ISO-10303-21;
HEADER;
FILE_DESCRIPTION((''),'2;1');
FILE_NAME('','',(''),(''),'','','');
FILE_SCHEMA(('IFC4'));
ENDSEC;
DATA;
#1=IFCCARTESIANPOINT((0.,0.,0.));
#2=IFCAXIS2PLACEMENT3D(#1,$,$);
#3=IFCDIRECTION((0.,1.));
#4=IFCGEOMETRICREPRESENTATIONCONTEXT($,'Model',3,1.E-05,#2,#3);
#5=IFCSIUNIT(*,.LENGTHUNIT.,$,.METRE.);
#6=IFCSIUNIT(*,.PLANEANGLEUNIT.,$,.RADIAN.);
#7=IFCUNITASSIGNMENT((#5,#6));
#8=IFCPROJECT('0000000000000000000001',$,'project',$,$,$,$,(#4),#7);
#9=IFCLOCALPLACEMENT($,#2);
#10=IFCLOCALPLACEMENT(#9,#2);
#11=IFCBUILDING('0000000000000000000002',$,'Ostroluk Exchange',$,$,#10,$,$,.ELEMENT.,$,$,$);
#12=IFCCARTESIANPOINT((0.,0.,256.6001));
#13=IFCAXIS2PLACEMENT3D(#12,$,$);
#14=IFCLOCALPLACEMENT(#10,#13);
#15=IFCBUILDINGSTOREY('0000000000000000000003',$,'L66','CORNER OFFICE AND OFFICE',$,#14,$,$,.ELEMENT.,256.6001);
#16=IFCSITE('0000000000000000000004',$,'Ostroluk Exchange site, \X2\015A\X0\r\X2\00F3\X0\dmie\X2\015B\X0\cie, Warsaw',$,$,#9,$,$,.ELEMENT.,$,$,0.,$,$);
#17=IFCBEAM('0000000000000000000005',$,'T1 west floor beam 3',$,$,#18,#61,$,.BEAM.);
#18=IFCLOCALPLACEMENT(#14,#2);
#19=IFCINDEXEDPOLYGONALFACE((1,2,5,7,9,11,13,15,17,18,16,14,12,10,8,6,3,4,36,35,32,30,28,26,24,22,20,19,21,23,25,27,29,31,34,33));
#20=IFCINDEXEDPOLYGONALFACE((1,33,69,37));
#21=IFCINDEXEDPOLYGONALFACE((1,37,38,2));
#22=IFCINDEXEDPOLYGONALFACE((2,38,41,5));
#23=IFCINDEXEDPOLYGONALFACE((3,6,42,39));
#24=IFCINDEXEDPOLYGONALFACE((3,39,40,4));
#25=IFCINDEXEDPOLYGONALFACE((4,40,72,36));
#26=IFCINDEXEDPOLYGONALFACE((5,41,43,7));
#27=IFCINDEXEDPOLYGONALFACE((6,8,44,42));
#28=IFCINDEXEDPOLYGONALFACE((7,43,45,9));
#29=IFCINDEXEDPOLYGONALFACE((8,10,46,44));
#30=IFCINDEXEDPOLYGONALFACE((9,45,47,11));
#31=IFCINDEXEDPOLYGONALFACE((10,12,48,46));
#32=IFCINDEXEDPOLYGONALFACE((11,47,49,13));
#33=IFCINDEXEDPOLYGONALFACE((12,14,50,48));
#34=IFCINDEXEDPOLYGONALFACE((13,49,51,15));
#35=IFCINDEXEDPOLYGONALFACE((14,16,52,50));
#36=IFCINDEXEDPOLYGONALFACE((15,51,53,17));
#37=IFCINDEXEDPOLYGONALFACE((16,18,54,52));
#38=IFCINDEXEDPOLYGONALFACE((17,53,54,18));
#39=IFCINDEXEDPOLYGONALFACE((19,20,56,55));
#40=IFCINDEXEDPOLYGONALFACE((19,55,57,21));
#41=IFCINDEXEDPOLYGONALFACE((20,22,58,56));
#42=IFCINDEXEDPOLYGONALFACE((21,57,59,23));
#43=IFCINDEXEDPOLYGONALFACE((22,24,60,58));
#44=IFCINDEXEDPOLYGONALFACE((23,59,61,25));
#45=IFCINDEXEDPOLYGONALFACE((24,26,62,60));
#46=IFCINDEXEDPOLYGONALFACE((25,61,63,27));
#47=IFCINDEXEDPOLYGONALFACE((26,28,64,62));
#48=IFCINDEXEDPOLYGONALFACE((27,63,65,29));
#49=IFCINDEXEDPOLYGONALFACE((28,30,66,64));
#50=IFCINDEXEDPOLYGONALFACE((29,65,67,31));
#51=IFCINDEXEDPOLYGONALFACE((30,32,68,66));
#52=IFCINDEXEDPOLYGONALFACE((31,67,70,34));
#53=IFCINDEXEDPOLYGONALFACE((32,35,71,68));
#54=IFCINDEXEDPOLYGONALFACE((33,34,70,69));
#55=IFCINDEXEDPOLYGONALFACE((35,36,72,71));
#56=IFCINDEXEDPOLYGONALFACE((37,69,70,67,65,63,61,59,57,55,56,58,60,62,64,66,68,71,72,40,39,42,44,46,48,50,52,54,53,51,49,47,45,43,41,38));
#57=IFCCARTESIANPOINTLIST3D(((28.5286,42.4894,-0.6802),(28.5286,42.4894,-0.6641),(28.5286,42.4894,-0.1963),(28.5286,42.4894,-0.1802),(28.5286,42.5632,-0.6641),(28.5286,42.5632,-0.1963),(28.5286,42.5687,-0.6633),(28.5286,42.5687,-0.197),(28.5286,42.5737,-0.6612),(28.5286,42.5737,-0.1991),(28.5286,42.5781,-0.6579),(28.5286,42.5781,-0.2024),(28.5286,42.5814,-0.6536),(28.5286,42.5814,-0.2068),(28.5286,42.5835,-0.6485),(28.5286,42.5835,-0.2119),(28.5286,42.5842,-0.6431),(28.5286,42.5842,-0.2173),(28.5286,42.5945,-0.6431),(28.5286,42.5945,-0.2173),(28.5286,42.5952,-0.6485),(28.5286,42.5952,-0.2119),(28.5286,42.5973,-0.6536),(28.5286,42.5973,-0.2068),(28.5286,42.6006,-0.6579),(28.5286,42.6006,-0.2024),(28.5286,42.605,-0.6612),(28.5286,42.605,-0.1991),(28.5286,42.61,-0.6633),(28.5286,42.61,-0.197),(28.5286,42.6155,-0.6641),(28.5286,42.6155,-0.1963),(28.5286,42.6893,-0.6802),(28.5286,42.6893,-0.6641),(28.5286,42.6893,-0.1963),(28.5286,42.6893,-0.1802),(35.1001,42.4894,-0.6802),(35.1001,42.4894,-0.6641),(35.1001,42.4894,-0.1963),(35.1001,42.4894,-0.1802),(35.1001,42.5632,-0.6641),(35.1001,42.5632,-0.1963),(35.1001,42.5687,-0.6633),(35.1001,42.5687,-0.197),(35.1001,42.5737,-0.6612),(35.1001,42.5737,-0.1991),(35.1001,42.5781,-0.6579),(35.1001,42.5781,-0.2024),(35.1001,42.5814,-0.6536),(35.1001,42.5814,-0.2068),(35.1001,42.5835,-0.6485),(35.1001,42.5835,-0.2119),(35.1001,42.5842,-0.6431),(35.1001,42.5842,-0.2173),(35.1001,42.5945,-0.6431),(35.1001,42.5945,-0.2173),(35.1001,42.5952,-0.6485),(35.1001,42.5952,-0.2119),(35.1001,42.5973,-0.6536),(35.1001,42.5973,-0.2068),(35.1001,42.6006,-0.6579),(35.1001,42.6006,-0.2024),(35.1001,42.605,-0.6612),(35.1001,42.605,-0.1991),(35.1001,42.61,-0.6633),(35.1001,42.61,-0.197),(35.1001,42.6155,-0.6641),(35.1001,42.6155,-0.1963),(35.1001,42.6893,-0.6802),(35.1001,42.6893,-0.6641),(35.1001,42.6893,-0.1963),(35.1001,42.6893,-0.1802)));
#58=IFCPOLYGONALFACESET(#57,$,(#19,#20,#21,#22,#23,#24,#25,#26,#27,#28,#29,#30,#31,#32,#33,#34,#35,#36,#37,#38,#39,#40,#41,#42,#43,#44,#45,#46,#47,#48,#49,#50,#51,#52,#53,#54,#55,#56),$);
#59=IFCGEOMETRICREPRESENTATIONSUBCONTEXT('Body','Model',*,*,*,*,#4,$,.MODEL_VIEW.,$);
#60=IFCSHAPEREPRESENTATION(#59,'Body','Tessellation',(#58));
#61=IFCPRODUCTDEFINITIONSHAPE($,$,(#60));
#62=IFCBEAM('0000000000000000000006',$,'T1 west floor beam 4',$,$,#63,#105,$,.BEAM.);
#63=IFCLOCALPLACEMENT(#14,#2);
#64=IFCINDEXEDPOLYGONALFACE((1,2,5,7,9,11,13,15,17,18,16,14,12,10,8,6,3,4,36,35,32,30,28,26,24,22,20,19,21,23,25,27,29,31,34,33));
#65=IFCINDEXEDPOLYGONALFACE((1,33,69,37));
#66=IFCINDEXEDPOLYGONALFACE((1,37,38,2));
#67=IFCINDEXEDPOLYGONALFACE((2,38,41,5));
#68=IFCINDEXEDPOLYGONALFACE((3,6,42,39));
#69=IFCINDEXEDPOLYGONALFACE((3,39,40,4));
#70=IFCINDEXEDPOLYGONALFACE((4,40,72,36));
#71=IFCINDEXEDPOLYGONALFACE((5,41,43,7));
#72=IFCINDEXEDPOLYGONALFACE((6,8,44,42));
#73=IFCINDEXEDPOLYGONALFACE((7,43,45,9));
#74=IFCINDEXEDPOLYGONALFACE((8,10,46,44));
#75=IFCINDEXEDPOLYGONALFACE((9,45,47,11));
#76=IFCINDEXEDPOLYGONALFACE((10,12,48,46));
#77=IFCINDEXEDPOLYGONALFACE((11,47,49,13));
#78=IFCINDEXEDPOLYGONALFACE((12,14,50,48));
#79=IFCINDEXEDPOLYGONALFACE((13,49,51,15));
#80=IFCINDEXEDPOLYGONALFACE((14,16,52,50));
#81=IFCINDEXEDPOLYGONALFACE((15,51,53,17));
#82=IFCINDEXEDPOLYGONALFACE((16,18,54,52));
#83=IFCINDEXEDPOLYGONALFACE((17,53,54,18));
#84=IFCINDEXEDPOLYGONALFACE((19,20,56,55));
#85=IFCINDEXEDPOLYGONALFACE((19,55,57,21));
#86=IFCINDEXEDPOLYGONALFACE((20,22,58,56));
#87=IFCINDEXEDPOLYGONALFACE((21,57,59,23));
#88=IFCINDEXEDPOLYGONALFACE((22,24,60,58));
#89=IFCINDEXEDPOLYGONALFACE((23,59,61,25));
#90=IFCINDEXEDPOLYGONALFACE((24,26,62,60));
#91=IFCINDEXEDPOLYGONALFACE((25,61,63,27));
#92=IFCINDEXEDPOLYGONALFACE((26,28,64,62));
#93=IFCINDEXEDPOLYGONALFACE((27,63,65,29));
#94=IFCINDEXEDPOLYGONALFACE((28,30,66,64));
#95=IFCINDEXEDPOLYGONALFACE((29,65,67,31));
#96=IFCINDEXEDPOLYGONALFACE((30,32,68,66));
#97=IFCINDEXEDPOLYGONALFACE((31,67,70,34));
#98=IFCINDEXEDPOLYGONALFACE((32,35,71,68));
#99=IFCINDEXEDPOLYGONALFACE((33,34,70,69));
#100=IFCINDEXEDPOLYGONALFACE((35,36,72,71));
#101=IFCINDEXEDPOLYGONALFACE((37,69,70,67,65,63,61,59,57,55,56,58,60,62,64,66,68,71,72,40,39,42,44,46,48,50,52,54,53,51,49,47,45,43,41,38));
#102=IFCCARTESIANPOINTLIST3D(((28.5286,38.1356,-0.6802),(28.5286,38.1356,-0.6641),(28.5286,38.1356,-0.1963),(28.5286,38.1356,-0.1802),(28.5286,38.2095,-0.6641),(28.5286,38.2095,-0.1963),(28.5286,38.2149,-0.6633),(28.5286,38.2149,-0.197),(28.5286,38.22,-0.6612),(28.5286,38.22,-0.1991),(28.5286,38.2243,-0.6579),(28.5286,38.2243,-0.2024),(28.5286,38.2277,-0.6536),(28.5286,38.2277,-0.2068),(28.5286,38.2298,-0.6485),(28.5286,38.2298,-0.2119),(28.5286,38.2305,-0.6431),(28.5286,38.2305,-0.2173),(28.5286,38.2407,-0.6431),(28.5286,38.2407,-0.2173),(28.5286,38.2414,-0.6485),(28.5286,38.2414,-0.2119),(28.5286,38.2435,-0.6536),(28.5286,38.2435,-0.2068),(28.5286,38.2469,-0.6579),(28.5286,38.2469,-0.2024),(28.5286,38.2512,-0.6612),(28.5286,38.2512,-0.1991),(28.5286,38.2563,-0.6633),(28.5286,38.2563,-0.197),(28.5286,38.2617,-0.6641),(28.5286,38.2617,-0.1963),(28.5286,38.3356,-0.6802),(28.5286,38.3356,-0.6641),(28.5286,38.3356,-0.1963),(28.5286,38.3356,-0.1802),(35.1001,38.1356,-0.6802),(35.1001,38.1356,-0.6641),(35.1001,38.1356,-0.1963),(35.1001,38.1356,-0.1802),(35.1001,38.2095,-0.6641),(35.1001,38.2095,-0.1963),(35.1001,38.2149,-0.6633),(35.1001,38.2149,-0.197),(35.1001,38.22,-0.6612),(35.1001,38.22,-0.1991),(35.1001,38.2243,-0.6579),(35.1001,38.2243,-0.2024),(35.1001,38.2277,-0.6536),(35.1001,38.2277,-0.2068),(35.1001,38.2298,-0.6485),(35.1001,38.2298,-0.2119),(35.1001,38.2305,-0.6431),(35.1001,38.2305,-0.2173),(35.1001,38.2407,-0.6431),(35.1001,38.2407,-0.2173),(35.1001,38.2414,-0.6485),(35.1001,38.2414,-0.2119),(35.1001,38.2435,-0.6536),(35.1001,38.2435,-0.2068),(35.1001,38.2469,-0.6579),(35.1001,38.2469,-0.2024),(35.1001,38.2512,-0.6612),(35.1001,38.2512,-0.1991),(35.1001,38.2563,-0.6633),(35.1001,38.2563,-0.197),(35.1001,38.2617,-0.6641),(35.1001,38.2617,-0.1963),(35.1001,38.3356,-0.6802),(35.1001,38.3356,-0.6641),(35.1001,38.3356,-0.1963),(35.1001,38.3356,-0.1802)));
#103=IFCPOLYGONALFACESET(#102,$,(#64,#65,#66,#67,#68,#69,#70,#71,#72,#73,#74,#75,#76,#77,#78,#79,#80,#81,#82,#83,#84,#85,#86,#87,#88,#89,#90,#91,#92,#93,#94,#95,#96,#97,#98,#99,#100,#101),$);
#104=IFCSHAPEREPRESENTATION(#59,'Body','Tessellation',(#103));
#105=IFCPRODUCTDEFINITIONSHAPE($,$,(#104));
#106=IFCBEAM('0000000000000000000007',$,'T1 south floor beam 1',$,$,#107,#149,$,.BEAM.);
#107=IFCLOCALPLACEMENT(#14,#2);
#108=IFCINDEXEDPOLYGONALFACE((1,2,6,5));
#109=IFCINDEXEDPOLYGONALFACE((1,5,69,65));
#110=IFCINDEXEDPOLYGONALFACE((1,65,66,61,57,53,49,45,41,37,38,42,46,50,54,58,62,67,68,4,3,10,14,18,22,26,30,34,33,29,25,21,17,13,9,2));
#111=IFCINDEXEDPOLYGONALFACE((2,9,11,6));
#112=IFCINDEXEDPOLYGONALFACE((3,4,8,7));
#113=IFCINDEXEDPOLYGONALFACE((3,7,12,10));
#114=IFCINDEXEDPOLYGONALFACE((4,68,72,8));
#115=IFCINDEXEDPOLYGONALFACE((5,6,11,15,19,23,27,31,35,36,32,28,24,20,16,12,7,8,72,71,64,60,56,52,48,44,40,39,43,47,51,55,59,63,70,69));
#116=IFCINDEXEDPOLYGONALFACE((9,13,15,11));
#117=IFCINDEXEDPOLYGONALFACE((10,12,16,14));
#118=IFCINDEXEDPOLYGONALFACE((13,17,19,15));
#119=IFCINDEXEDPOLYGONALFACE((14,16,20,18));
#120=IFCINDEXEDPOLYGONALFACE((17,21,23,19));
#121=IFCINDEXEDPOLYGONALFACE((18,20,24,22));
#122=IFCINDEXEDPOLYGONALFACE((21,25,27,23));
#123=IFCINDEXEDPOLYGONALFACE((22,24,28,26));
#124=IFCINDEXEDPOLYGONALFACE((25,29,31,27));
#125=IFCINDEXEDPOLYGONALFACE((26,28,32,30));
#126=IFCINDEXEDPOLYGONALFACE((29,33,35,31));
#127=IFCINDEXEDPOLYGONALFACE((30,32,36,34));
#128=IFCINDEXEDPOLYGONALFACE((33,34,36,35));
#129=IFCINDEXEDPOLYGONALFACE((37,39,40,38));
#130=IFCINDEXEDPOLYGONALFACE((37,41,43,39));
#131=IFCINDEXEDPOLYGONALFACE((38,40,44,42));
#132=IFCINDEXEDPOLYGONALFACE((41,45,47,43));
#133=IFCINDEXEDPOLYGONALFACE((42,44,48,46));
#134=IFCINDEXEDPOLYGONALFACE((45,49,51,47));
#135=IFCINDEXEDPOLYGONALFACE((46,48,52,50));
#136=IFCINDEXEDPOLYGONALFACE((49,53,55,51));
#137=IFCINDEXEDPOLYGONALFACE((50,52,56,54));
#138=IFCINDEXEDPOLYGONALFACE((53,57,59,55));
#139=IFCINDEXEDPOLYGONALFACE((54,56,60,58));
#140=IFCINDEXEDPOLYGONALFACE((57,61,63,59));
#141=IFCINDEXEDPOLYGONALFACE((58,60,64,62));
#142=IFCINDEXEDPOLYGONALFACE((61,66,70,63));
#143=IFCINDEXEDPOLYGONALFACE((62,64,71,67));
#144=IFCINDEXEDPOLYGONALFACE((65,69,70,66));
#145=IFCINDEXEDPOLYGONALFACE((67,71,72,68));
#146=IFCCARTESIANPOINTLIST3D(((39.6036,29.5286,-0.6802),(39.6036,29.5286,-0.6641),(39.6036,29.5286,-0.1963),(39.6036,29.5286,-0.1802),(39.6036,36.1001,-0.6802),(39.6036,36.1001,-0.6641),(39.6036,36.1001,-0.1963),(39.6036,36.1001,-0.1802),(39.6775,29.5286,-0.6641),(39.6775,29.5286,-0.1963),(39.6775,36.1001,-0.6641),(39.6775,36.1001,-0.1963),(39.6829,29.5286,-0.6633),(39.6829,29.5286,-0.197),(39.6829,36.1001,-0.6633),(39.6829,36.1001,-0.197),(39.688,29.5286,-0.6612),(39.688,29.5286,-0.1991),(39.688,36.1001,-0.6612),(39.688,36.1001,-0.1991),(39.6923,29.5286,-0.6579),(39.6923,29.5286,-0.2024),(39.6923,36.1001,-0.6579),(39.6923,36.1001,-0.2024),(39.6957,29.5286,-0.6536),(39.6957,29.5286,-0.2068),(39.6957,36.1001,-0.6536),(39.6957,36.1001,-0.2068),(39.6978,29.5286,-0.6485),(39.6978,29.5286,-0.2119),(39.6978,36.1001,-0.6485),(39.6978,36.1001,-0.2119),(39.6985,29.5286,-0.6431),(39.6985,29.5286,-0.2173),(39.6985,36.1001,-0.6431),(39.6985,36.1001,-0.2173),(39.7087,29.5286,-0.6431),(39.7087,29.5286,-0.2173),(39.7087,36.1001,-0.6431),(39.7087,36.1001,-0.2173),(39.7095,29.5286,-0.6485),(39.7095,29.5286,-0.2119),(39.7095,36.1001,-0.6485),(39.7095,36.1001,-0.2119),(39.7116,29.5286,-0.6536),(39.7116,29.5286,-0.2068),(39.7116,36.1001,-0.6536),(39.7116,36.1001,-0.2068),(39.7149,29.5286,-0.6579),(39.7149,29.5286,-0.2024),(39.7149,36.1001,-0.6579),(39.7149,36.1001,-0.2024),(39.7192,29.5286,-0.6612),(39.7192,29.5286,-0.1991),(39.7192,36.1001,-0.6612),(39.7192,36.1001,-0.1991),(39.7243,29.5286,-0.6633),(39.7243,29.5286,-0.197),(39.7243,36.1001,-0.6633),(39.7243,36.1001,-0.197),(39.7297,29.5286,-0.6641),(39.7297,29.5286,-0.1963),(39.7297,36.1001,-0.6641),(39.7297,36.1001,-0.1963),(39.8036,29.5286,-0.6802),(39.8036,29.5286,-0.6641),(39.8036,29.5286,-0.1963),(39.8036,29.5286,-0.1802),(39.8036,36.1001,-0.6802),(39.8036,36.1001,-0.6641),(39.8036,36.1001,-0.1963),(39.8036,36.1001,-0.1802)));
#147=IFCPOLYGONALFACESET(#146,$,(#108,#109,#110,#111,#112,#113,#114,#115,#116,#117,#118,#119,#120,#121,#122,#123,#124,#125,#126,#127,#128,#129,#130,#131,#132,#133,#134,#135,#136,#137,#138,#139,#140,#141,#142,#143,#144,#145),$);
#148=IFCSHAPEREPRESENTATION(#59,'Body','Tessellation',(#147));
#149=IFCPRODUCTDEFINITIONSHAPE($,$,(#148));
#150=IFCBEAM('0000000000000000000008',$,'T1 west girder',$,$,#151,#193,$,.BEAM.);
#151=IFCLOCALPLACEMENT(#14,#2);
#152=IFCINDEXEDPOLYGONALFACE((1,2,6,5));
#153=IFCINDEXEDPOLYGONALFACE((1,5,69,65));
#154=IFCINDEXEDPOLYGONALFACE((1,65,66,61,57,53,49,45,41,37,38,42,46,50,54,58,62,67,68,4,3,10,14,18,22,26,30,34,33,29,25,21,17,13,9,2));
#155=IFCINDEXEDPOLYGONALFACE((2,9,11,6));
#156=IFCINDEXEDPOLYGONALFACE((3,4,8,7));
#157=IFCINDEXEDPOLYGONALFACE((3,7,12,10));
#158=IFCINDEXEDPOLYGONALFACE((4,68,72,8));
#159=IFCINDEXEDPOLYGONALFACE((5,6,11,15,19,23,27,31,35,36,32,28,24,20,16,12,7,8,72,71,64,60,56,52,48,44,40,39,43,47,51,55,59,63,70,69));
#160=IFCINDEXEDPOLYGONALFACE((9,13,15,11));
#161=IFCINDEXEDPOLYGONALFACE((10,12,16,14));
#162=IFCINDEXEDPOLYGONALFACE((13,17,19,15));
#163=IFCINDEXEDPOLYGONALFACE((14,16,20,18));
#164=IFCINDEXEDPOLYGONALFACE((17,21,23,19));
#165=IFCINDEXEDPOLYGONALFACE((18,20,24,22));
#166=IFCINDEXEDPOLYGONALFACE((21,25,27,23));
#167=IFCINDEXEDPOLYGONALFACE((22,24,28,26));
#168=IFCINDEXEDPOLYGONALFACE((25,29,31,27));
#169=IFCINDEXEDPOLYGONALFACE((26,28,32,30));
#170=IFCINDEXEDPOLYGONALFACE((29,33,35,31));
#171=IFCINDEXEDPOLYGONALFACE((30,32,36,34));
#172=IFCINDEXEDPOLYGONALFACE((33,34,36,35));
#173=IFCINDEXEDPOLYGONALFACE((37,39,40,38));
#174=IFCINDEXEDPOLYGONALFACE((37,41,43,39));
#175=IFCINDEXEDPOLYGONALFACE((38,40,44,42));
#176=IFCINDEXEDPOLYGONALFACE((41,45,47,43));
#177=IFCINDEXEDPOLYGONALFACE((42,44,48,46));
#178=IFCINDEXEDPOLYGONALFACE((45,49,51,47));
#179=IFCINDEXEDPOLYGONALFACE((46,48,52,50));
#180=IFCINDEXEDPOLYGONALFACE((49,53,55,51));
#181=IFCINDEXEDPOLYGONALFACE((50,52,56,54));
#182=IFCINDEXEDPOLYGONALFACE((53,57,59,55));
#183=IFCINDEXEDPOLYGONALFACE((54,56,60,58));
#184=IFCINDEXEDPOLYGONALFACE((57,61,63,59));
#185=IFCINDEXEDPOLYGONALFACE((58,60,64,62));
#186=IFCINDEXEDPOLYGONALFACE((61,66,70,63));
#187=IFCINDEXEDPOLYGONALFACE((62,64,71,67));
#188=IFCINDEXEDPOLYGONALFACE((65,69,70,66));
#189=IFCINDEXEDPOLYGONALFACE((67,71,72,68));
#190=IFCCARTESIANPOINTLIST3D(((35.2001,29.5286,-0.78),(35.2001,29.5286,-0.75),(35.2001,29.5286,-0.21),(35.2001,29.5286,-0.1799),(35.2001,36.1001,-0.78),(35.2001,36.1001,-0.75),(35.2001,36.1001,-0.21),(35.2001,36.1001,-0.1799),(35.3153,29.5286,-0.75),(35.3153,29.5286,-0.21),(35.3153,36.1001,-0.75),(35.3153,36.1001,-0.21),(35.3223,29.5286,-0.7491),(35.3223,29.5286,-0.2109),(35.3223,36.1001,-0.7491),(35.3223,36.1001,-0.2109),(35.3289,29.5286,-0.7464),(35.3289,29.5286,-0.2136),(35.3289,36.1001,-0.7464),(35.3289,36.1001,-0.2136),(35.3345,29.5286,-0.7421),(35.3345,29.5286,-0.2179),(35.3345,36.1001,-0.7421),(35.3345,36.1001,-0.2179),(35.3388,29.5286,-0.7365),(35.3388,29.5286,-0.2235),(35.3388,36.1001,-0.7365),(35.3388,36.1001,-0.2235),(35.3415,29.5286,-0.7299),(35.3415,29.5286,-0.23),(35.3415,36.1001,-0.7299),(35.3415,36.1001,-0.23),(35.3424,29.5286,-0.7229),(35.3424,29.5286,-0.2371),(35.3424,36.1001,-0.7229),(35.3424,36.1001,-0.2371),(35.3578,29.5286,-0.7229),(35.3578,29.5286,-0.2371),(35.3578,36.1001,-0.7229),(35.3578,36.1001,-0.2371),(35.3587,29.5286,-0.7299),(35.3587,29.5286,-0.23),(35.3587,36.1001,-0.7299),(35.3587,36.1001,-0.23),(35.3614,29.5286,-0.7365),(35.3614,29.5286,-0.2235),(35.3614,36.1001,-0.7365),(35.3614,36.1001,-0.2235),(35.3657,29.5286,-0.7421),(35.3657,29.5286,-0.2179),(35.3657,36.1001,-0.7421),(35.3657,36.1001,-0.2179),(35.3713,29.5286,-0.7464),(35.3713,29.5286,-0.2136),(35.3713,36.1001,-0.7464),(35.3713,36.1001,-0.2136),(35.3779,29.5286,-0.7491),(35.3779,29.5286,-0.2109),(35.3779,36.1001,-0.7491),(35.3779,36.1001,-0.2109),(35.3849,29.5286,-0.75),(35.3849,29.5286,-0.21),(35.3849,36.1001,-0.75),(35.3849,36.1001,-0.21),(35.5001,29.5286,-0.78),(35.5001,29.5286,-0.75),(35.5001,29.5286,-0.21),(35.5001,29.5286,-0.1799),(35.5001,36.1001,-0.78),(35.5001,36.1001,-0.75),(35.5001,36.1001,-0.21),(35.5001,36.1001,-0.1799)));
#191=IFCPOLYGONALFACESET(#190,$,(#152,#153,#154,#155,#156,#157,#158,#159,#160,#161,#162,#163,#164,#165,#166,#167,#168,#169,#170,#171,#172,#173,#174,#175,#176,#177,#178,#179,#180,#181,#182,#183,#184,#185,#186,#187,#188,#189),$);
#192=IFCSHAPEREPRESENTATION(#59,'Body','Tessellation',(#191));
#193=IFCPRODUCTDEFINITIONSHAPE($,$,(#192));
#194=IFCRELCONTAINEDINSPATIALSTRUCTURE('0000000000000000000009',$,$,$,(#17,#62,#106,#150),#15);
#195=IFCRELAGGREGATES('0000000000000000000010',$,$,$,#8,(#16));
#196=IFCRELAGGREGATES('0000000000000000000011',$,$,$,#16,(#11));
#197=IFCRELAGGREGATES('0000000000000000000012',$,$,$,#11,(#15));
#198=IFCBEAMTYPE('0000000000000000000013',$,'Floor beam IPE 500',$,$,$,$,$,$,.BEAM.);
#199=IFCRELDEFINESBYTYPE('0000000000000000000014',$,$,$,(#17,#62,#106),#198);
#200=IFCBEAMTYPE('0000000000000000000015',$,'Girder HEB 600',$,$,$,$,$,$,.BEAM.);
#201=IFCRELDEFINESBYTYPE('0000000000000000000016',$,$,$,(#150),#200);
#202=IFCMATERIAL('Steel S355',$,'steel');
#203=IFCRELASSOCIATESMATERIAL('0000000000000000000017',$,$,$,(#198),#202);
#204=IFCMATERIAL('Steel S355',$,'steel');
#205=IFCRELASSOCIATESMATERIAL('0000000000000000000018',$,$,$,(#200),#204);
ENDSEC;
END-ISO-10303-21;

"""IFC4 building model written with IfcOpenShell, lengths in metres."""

from ifc_helpers import new_model, si_unit, direction, frame, origin, origin_2d, place, context, subcontext, project, spatial, i_section, extrude, material, material_profile, profile_set, type_object, element, save


model = new_model("IFC4")

# Units and contexts
model_context = context("Model", 3, precision=1e-05, world=origin(), true_north=direction((0.0, 1.0)))
body_context = subcontext(model_context, "Body", "Model", "MODEL_VIEW")
ifc_project = project(units=[si_unit("LENGTHUNIT", "METRE"), si_unit("PLANEANGLEUNIT", "RADIAN")], contexts=[model_context])

# Site, building, storey
site_placement = place(None, origin())
site = spatial("IfcSite", under=ifc_project, at=site_placement, Name="Ostroluk Exchange site, Śródmieście, Warsaw", CompositionType="ELEMENT", RefElevation=0.0)
building_placement = place(site_placement, origin())
building = spatial("IfcBuilding", under=site, at=building_placement, Name="Ostroluk Exchange", CompositionType="ELEMENT")
storey_placement = place(building_placement, frame((0.0, 0.0, 256.6001)))
storey = spatial("IfcBuildingStorey", under=building, at=storey_placement, Name="L66", Description="CORNER OFFICE AND OFFICE", CompositionType="ELEMENT", Elevation=256.6001)

# Beams
ifc_material_1 = material(Name="Steel S355", Category="steel")
ifc_material_profile_1 = material_profile(ifc_material_1, i_section(OverallWidth=0.2, OverallDepth=0.5, WebThickness=0.0103, FlangeThickness=0.0161, FilletRadius=0.021, at=origin_2d()), Name="IPE 500")
ifc_profile_set_1 = profile_set([ifc_material_profile_1], Name="Steel S355")
beam_type_1 = type_object("IfcBeamType", Name="Floor beam IPE 500", PredefinedType="BEAM", material=ifc_profile_set_1)
for number, where, z_axis, x_axis, name in (
    (1, (35.1001, 42.5894, -0.4302), (-1.0, 0.0, 0.0), (0.0, -1.0, 0.0), "T1 west floor beam 3"),
    (2, (35.1001, 38.2356, -0.4302), (-1.0, 0.0, 0.0), (0.0, -1.0, 0.0), "T1 west floor beam 4"),
    (3, (39.7036, 36.1001, -0.4302), (0.0, -1.0, 0.0), (1.0, 0.0, 0.0), "T1 south floor beam 1"),
):
    element("IfcBeam", number, at=place(storey_placement, frame(where, z_axis=z_axis, x_axis=x_axis)), inside=storey, type_object=beam_type_1, Name=name, PredefinedType="BEAM", context=body_context, shape_type="SweptSolid", body=[
        extrude(i_section(OverallWidth=0.2, OverallDepth=0.5, WebThickness=0.0103, FlangeThickness=0.0161, FilletRadius=0.021, at=origin_2d()), origin(), (0.0, 0.0, 1.0), 6.5715),
    ])
ifc_material_2 = material(Name="Steel S355", Category="steel")
ifc_material_profile_2 = material_profile(ifc_material_2, i_section(OverallWidth=0.3, OverallDepth=0.6001, WebThickness=0.0154, FlangeThickness=0.03, FilletRadius=0.0271, at=origin_2d()), Name="HEB 600")
ifc_profile_set_2 = profile_set([ifc_material_profile_2], Name="Steel S355")
beam_type_2 = type_object("IfcBeamType", Name="Girder HEB 600", PredefinedType="BEAM", material=ifc_profile_set_2)
beam_placement = place(storey_placement, frame((35.3501, 36.1001, -0.48), z_axis=(0.0, -1.0, 0.0), x_axis=(1.0, 0.0, 0.0)))
element("IfcBeam", 4, at=beam_placement, inside=storey, type_object=beam_type_2, Name="T1 west girder", PredefinedType="BEAM", context=body_context, shape_type="SweptSolid", body=[
    extrude(i_section(OverallWidth=0.3, OverallDepth=0.6001, WebThickness=0.0154, FlangeThickness=0.03, FilletRadius=0.0271, at=origin_2d()), origin(), (0.0, 0.0, 1.0), 6.5715),
])

save(model, "model.ifc")
